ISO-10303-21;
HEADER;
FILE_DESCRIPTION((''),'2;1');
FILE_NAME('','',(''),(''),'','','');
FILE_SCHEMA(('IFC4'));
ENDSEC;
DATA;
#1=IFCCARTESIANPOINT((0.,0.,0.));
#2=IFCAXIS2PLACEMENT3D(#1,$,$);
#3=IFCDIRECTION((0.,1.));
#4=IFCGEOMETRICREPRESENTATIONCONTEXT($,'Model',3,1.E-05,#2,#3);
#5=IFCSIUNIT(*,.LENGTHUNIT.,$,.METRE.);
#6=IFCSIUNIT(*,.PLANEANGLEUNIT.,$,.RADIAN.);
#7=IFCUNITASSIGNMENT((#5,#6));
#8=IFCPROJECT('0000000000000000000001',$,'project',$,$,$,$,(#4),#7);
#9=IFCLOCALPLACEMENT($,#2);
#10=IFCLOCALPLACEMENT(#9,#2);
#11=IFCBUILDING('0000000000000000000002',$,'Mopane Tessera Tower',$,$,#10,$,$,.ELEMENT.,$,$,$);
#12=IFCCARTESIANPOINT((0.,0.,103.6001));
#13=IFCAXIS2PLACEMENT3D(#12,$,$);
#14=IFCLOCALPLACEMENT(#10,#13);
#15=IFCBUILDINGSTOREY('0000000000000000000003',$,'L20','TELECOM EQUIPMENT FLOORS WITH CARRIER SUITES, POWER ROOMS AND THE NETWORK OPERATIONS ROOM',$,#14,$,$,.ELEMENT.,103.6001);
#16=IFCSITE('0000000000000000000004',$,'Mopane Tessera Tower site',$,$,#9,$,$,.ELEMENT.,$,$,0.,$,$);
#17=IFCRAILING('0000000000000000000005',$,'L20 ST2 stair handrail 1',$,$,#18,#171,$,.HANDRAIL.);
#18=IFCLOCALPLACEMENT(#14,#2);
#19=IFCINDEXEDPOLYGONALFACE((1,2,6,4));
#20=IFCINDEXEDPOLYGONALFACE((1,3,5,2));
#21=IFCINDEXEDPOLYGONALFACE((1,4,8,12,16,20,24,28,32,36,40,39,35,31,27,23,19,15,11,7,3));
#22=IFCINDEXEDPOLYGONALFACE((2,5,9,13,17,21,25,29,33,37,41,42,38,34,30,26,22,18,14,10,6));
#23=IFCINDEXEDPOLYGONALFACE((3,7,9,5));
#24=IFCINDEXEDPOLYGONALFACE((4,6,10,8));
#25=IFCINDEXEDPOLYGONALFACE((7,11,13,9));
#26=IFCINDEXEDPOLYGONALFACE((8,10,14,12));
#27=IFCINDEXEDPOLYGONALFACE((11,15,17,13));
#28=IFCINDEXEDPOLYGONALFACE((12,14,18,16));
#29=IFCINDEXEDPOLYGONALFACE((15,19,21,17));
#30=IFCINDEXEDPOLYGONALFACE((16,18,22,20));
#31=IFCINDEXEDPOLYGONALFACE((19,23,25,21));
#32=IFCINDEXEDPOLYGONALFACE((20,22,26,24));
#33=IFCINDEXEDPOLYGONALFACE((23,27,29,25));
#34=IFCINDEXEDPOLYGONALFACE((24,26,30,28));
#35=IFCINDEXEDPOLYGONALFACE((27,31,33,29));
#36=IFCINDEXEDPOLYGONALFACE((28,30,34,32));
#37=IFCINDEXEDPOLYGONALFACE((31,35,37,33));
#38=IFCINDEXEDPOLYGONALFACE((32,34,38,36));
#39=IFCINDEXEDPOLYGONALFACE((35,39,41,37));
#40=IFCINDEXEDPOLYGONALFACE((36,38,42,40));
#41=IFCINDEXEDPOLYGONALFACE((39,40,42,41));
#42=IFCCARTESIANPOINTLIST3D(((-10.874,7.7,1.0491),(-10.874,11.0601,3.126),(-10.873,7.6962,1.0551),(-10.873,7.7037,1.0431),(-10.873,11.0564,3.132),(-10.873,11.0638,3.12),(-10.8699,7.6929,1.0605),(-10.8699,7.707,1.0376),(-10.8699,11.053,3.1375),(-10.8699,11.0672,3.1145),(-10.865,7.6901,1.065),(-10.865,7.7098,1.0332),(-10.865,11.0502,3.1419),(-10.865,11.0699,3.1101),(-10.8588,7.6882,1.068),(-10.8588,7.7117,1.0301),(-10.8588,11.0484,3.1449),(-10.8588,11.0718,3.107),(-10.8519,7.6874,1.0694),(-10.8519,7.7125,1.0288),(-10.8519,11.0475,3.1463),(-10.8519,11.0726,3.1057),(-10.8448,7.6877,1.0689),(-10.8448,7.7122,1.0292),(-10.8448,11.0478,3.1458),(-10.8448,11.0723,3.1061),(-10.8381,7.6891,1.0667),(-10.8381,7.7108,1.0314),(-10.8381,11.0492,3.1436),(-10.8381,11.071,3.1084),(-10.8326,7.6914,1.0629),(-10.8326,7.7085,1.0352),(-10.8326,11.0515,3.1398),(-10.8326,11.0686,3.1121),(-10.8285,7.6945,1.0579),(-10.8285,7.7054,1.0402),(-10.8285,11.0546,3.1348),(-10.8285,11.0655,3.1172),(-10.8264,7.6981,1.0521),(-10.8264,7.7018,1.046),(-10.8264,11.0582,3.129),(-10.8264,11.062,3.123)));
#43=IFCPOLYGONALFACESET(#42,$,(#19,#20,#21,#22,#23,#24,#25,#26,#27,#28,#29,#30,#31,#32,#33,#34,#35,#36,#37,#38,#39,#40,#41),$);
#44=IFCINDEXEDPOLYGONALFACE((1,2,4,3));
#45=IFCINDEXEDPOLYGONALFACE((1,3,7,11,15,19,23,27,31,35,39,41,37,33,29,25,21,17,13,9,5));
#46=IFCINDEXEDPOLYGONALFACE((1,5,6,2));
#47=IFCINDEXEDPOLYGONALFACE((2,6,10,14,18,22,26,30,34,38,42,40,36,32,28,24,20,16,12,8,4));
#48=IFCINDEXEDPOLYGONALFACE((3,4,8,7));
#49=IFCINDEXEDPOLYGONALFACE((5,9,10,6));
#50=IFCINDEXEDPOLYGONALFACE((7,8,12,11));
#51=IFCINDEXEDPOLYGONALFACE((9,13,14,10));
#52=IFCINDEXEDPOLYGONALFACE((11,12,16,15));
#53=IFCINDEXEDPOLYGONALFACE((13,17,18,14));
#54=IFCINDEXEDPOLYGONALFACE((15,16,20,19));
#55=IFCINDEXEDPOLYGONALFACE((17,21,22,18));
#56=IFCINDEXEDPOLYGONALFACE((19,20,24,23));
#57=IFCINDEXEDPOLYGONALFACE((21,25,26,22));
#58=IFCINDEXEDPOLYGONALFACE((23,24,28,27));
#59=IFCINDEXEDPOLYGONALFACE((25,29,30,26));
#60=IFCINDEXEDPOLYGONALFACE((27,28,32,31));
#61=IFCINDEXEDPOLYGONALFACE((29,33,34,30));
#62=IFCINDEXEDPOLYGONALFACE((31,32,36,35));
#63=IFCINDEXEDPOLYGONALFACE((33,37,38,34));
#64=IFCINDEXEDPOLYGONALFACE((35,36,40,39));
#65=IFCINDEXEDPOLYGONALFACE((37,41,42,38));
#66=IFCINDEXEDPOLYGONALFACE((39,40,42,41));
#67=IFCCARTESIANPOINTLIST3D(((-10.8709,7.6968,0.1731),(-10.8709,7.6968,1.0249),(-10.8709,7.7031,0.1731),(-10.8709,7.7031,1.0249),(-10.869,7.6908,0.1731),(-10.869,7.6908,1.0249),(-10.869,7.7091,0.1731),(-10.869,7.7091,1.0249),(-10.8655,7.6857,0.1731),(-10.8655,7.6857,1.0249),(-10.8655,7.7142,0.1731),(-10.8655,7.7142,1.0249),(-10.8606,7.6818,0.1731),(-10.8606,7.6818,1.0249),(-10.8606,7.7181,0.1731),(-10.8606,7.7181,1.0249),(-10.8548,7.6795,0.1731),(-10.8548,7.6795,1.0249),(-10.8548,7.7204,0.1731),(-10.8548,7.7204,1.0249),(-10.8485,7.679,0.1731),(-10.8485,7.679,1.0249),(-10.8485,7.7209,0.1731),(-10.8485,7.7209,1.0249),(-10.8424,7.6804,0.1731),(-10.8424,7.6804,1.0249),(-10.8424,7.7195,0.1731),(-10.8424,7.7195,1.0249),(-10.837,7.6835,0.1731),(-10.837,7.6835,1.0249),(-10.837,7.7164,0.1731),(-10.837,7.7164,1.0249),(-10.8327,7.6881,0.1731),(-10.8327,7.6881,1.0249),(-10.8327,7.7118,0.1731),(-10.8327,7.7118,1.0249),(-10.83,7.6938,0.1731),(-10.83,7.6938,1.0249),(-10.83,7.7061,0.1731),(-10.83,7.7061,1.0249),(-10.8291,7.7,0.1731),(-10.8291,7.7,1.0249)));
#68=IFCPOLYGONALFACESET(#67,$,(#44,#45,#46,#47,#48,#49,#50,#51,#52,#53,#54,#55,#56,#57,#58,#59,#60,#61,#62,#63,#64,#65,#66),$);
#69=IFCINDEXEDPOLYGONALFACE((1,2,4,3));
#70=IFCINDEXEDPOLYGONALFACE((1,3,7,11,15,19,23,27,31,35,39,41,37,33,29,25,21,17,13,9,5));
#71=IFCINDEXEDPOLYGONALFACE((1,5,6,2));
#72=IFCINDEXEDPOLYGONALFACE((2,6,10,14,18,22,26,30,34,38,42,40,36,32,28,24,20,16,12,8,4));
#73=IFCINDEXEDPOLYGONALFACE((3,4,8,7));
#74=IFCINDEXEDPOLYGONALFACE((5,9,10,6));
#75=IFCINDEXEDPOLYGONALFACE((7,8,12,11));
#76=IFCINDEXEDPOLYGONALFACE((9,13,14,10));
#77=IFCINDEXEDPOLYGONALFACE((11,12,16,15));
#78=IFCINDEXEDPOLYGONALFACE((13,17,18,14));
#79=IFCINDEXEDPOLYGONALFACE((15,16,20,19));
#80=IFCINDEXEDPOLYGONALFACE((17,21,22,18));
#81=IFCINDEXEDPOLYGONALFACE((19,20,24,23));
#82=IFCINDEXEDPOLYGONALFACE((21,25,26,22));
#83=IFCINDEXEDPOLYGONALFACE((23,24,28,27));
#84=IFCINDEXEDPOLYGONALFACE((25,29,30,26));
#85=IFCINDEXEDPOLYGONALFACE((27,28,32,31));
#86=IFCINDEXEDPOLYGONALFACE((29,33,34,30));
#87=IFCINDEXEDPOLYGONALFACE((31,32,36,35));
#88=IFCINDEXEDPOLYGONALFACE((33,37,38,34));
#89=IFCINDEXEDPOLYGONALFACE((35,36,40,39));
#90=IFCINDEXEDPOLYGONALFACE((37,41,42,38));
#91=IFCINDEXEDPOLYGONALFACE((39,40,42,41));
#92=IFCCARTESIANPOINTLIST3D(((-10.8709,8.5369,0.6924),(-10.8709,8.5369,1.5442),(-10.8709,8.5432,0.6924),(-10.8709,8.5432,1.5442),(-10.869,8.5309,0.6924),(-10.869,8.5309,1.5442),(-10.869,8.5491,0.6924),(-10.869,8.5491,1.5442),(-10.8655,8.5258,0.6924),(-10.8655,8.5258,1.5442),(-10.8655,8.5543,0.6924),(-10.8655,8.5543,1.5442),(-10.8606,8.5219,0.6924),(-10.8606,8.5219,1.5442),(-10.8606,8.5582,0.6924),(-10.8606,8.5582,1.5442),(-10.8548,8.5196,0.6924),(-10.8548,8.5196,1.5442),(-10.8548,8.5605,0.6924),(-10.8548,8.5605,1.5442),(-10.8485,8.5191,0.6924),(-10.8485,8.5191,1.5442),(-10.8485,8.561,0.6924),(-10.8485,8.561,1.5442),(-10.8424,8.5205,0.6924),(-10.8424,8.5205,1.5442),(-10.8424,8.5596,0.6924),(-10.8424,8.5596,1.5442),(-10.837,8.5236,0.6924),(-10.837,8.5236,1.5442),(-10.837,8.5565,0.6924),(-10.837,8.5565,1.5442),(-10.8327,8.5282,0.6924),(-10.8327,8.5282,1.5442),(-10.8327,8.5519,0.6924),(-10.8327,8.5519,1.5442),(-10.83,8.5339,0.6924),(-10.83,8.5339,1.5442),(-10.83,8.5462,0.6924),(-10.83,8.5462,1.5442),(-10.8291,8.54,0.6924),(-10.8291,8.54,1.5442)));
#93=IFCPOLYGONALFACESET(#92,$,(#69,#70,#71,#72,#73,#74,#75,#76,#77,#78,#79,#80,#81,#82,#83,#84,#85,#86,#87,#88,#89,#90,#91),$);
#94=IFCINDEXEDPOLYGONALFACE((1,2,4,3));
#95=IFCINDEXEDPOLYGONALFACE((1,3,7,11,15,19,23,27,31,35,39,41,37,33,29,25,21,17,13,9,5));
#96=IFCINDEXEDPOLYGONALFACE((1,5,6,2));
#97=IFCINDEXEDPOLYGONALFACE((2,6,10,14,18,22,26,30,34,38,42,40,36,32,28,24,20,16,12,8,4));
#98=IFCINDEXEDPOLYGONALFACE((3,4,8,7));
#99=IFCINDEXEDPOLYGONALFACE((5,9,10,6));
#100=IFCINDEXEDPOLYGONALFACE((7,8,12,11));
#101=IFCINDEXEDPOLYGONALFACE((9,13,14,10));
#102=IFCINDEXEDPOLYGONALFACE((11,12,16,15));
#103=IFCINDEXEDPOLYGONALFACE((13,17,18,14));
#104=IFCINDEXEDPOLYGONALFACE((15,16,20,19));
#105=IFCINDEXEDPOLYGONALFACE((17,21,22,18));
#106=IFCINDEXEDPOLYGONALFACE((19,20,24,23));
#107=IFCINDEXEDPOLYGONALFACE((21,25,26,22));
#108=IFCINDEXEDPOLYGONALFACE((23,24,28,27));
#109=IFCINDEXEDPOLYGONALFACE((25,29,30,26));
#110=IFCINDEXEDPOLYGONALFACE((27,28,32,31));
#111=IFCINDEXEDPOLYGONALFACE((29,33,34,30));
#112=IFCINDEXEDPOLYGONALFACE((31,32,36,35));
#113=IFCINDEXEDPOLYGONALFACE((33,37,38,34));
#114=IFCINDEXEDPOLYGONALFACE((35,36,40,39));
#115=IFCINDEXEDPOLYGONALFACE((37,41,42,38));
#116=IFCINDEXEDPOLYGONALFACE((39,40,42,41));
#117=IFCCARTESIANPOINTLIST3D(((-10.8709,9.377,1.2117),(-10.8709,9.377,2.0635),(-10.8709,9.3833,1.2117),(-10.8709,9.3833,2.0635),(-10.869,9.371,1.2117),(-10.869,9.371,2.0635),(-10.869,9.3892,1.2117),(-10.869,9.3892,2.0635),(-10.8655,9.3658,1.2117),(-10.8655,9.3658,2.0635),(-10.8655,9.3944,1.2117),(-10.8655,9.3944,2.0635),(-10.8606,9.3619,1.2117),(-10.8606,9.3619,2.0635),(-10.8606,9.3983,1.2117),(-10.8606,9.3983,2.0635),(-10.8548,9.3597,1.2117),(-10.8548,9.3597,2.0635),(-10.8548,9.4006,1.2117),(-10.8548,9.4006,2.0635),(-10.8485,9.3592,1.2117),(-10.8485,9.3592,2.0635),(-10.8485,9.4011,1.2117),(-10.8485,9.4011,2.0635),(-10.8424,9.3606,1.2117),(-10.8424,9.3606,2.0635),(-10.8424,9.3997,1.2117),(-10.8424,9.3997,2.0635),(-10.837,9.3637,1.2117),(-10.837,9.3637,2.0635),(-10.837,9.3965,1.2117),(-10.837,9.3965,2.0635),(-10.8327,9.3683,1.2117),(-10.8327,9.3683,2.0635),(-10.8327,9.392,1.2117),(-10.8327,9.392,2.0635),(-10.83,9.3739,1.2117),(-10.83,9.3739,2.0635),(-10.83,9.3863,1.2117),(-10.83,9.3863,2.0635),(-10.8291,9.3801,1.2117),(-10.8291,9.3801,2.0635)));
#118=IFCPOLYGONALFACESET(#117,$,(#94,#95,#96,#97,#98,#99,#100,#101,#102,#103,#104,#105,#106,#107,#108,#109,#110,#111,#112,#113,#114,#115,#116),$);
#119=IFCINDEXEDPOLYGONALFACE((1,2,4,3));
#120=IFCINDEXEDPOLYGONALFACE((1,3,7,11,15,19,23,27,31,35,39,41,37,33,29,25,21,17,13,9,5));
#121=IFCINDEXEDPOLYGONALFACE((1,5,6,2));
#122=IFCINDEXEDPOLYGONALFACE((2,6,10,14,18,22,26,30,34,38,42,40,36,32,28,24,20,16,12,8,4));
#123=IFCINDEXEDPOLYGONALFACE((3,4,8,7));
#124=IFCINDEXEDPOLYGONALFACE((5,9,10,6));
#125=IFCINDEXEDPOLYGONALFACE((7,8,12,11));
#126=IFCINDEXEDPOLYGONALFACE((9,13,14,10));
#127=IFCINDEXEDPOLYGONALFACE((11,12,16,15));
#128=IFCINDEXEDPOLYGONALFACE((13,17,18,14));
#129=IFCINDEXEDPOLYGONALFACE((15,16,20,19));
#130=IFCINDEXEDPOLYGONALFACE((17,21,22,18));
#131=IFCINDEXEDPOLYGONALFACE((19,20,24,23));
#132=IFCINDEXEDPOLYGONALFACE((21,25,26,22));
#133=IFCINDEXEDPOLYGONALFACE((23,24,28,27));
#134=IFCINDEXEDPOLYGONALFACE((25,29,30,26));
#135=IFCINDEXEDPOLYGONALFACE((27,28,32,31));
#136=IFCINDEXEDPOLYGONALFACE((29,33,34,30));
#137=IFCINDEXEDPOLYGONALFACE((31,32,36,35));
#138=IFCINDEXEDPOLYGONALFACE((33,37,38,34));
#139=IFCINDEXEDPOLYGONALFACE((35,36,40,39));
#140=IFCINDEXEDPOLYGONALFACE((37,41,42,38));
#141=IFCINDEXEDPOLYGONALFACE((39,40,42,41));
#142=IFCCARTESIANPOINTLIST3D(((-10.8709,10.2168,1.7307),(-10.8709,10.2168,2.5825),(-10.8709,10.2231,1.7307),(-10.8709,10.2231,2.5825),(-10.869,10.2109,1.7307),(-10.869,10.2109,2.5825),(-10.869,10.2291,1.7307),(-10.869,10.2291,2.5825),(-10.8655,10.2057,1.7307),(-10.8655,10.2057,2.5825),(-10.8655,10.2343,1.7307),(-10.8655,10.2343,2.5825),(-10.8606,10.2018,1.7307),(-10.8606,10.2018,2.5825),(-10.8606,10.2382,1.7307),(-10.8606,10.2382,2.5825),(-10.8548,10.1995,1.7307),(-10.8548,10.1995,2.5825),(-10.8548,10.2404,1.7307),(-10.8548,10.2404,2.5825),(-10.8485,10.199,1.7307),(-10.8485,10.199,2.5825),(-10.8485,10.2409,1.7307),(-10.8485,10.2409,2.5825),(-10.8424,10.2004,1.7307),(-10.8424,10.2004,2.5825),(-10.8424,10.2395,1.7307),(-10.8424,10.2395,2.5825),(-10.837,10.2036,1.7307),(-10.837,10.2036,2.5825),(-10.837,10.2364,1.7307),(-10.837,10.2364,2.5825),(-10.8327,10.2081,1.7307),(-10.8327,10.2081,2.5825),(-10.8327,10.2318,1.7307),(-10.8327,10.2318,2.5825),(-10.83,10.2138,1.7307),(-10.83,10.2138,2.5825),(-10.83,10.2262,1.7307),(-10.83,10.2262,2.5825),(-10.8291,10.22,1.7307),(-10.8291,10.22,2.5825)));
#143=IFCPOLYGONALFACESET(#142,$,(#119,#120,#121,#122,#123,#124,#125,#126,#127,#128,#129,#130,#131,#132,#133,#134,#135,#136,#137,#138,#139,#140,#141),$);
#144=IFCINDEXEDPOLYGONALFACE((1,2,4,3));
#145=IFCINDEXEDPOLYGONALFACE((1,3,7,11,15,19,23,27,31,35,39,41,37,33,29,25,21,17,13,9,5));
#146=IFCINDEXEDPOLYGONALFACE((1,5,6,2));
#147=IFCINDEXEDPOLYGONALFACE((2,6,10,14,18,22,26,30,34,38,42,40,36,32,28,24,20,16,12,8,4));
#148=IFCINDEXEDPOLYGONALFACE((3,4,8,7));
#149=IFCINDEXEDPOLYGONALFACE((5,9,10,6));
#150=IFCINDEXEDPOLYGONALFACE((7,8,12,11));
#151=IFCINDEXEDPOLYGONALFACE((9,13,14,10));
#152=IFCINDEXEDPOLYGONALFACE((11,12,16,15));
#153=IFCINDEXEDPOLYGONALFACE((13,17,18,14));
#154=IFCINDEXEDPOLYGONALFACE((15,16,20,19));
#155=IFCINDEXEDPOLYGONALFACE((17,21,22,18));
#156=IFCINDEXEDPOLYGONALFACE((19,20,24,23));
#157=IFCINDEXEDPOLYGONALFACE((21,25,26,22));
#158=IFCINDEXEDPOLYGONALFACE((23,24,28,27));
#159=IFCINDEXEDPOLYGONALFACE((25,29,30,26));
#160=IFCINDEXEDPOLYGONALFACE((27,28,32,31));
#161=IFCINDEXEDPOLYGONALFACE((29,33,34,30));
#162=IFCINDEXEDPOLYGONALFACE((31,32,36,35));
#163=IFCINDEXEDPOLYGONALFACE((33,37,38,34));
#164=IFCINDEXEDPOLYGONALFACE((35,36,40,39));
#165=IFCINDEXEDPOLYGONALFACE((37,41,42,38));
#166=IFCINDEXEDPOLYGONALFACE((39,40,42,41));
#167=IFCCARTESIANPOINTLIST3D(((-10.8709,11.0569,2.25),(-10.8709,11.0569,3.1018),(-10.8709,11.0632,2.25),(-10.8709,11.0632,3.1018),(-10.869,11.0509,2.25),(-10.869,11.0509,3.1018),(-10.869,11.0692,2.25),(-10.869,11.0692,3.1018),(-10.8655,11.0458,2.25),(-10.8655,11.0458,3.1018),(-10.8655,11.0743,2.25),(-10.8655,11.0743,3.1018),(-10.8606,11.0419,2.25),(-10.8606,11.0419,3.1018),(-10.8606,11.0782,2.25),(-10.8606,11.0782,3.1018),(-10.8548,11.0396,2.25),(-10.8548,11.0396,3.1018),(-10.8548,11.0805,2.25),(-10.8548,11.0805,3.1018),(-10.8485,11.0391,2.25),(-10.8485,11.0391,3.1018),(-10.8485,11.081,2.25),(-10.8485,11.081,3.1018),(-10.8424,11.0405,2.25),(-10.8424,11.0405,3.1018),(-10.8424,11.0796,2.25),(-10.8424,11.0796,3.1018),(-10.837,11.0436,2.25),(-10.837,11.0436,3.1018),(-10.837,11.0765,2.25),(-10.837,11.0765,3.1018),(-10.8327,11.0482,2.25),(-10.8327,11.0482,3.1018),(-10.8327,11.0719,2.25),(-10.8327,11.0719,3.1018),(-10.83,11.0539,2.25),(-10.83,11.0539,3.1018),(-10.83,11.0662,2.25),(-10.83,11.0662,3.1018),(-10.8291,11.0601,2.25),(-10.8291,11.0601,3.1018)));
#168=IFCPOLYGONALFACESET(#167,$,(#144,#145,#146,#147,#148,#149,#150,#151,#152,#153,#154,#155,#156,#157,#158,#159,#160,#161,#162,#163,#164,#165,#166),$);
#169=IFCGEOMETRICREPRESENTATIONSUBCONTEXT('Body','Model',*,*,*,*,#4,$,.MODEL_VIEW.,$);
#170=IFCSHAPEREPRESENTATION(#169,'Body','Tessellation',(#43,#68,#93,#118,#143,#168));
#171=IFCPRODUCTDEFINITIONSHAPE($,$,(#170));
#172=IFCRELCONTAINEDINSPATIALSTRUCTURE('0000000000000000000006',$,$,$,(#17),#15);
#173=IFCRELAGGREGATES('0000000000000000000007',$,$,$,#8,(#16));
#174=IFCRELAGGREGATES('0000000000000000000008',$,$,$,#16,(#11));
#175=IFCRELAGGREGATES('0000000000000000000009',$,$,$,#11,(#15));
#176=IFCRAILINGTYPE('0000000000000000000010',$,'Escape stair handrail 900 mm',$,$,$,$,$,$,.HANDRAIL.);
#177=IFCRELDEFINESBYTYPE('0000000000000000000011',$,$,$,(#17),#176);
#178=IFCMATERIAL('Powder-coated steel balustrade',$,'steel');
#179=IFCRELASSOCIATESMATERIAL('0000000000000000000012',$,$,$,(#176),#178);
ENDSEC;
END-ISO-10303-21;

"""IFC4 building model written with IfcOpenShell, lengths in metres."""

from ifc_helpers import new_model, si_unit, direction, frame, origin, origin_2d, place, context, subcontext, project, spatial, circle, extrude, material, type_object, element, save


model = new_model("IFC4")

# Units and contexts
model_context = context("Model", 3, precision=1e-05, world=origin(), true_north=direction((0.0, 1.0)))
body_context = subcontext(model_context, "Body", "Model", "MODEL_VIEW")
ifc_project = project(units=[si_unit("LENGTHUNIT", "METRE"), si_unit("PLANEANGLEUNIT", "RADIAN")], contexts=[model_context])

# Site, building, storey
site_placement = place(None, origin())
site = spatial("IfcSite", under=ifc_project, at=site_placement, Name="Mopane Tessera Tower site", CompositionType="ELEMENT", RefElevation=0.0)
building_placement = place(site_placement, origin())
building = spatial("IfcBuilding", under=site, at=building_placement, Name="Mopane Tessera Tower", CompositionType="ELEMENT")
storey_placement = place(building_placement, frame((0.0, 0.0, 103.6001)))
storey = spatial("IfcBuildingStorey", under=building, at=storey_placement, Name="L20", Description="TELECOM EQUIPMENT FLOORS WITH CARRIER SUITES, POWER ROOMS AND THE NETWORK OPERATIONS ROOM", CompositionType="ELEMENT", Elevation=103.6001)

# Railing
ifc_material_1 = material(Name="Powder-coated steel balustrade", Category="steel")
railing_type_1 = type_object("IfcRailingType", Name="Escape stair handrail 900 mm", PredefinedType="HANDRAIL", material=ifc_material_1)
railing_1_placement = place(storey_placement, frame((-10.8501, 7.7, 0.1731)))
element("IfcRailing", 1, at=railing_1_placement, inside=storey, type_object=railing_type_1, Name="L20 ST2 stair handrail 1", PredefinedType="HANDRAIL", context=body_context, shape_type="SweptSolid", body=[
    extrude(circle(Radius=0.0239, at=origin_2d()), frame((0.0, 0.0, 0.876), z_axis=(0.0, 0.850623, 0.525776), x_axis=(-1.0, 0.0, 0.0)), (0.0, 0.0, 1.0), 3.9502),
    extrude(circle(Radius=0.021, at=origin_2d()), origin(), (0.0, 0.0, 1.0), 0.8518),
    extrude(circle(Radius=0.021, at=origin_2d()), frame((0.0, 0.8401, 0.5193)), (0.0, 0.0, 1.0), 0.8518),
    extrude(circle(Radius=0.021, at=origin_2d()), frame((0.0, 1.6802, 1.0386)), (0.0, 0.0, 1.0), 0.8518),
    extrude(circle(Radius=0.021, at=origin_2d()), frame((0.0, 2.52, 1.5576)), (0.0, 0.0, 1.0), 0.8518),
    extrude(circle(Radius=0.021, at=origin_2d()), frame((0.0, 3.3601, 2.0769)), (0.0, 0.0, 1.0), 0.8518),
])

save(model, "model.ifc")
